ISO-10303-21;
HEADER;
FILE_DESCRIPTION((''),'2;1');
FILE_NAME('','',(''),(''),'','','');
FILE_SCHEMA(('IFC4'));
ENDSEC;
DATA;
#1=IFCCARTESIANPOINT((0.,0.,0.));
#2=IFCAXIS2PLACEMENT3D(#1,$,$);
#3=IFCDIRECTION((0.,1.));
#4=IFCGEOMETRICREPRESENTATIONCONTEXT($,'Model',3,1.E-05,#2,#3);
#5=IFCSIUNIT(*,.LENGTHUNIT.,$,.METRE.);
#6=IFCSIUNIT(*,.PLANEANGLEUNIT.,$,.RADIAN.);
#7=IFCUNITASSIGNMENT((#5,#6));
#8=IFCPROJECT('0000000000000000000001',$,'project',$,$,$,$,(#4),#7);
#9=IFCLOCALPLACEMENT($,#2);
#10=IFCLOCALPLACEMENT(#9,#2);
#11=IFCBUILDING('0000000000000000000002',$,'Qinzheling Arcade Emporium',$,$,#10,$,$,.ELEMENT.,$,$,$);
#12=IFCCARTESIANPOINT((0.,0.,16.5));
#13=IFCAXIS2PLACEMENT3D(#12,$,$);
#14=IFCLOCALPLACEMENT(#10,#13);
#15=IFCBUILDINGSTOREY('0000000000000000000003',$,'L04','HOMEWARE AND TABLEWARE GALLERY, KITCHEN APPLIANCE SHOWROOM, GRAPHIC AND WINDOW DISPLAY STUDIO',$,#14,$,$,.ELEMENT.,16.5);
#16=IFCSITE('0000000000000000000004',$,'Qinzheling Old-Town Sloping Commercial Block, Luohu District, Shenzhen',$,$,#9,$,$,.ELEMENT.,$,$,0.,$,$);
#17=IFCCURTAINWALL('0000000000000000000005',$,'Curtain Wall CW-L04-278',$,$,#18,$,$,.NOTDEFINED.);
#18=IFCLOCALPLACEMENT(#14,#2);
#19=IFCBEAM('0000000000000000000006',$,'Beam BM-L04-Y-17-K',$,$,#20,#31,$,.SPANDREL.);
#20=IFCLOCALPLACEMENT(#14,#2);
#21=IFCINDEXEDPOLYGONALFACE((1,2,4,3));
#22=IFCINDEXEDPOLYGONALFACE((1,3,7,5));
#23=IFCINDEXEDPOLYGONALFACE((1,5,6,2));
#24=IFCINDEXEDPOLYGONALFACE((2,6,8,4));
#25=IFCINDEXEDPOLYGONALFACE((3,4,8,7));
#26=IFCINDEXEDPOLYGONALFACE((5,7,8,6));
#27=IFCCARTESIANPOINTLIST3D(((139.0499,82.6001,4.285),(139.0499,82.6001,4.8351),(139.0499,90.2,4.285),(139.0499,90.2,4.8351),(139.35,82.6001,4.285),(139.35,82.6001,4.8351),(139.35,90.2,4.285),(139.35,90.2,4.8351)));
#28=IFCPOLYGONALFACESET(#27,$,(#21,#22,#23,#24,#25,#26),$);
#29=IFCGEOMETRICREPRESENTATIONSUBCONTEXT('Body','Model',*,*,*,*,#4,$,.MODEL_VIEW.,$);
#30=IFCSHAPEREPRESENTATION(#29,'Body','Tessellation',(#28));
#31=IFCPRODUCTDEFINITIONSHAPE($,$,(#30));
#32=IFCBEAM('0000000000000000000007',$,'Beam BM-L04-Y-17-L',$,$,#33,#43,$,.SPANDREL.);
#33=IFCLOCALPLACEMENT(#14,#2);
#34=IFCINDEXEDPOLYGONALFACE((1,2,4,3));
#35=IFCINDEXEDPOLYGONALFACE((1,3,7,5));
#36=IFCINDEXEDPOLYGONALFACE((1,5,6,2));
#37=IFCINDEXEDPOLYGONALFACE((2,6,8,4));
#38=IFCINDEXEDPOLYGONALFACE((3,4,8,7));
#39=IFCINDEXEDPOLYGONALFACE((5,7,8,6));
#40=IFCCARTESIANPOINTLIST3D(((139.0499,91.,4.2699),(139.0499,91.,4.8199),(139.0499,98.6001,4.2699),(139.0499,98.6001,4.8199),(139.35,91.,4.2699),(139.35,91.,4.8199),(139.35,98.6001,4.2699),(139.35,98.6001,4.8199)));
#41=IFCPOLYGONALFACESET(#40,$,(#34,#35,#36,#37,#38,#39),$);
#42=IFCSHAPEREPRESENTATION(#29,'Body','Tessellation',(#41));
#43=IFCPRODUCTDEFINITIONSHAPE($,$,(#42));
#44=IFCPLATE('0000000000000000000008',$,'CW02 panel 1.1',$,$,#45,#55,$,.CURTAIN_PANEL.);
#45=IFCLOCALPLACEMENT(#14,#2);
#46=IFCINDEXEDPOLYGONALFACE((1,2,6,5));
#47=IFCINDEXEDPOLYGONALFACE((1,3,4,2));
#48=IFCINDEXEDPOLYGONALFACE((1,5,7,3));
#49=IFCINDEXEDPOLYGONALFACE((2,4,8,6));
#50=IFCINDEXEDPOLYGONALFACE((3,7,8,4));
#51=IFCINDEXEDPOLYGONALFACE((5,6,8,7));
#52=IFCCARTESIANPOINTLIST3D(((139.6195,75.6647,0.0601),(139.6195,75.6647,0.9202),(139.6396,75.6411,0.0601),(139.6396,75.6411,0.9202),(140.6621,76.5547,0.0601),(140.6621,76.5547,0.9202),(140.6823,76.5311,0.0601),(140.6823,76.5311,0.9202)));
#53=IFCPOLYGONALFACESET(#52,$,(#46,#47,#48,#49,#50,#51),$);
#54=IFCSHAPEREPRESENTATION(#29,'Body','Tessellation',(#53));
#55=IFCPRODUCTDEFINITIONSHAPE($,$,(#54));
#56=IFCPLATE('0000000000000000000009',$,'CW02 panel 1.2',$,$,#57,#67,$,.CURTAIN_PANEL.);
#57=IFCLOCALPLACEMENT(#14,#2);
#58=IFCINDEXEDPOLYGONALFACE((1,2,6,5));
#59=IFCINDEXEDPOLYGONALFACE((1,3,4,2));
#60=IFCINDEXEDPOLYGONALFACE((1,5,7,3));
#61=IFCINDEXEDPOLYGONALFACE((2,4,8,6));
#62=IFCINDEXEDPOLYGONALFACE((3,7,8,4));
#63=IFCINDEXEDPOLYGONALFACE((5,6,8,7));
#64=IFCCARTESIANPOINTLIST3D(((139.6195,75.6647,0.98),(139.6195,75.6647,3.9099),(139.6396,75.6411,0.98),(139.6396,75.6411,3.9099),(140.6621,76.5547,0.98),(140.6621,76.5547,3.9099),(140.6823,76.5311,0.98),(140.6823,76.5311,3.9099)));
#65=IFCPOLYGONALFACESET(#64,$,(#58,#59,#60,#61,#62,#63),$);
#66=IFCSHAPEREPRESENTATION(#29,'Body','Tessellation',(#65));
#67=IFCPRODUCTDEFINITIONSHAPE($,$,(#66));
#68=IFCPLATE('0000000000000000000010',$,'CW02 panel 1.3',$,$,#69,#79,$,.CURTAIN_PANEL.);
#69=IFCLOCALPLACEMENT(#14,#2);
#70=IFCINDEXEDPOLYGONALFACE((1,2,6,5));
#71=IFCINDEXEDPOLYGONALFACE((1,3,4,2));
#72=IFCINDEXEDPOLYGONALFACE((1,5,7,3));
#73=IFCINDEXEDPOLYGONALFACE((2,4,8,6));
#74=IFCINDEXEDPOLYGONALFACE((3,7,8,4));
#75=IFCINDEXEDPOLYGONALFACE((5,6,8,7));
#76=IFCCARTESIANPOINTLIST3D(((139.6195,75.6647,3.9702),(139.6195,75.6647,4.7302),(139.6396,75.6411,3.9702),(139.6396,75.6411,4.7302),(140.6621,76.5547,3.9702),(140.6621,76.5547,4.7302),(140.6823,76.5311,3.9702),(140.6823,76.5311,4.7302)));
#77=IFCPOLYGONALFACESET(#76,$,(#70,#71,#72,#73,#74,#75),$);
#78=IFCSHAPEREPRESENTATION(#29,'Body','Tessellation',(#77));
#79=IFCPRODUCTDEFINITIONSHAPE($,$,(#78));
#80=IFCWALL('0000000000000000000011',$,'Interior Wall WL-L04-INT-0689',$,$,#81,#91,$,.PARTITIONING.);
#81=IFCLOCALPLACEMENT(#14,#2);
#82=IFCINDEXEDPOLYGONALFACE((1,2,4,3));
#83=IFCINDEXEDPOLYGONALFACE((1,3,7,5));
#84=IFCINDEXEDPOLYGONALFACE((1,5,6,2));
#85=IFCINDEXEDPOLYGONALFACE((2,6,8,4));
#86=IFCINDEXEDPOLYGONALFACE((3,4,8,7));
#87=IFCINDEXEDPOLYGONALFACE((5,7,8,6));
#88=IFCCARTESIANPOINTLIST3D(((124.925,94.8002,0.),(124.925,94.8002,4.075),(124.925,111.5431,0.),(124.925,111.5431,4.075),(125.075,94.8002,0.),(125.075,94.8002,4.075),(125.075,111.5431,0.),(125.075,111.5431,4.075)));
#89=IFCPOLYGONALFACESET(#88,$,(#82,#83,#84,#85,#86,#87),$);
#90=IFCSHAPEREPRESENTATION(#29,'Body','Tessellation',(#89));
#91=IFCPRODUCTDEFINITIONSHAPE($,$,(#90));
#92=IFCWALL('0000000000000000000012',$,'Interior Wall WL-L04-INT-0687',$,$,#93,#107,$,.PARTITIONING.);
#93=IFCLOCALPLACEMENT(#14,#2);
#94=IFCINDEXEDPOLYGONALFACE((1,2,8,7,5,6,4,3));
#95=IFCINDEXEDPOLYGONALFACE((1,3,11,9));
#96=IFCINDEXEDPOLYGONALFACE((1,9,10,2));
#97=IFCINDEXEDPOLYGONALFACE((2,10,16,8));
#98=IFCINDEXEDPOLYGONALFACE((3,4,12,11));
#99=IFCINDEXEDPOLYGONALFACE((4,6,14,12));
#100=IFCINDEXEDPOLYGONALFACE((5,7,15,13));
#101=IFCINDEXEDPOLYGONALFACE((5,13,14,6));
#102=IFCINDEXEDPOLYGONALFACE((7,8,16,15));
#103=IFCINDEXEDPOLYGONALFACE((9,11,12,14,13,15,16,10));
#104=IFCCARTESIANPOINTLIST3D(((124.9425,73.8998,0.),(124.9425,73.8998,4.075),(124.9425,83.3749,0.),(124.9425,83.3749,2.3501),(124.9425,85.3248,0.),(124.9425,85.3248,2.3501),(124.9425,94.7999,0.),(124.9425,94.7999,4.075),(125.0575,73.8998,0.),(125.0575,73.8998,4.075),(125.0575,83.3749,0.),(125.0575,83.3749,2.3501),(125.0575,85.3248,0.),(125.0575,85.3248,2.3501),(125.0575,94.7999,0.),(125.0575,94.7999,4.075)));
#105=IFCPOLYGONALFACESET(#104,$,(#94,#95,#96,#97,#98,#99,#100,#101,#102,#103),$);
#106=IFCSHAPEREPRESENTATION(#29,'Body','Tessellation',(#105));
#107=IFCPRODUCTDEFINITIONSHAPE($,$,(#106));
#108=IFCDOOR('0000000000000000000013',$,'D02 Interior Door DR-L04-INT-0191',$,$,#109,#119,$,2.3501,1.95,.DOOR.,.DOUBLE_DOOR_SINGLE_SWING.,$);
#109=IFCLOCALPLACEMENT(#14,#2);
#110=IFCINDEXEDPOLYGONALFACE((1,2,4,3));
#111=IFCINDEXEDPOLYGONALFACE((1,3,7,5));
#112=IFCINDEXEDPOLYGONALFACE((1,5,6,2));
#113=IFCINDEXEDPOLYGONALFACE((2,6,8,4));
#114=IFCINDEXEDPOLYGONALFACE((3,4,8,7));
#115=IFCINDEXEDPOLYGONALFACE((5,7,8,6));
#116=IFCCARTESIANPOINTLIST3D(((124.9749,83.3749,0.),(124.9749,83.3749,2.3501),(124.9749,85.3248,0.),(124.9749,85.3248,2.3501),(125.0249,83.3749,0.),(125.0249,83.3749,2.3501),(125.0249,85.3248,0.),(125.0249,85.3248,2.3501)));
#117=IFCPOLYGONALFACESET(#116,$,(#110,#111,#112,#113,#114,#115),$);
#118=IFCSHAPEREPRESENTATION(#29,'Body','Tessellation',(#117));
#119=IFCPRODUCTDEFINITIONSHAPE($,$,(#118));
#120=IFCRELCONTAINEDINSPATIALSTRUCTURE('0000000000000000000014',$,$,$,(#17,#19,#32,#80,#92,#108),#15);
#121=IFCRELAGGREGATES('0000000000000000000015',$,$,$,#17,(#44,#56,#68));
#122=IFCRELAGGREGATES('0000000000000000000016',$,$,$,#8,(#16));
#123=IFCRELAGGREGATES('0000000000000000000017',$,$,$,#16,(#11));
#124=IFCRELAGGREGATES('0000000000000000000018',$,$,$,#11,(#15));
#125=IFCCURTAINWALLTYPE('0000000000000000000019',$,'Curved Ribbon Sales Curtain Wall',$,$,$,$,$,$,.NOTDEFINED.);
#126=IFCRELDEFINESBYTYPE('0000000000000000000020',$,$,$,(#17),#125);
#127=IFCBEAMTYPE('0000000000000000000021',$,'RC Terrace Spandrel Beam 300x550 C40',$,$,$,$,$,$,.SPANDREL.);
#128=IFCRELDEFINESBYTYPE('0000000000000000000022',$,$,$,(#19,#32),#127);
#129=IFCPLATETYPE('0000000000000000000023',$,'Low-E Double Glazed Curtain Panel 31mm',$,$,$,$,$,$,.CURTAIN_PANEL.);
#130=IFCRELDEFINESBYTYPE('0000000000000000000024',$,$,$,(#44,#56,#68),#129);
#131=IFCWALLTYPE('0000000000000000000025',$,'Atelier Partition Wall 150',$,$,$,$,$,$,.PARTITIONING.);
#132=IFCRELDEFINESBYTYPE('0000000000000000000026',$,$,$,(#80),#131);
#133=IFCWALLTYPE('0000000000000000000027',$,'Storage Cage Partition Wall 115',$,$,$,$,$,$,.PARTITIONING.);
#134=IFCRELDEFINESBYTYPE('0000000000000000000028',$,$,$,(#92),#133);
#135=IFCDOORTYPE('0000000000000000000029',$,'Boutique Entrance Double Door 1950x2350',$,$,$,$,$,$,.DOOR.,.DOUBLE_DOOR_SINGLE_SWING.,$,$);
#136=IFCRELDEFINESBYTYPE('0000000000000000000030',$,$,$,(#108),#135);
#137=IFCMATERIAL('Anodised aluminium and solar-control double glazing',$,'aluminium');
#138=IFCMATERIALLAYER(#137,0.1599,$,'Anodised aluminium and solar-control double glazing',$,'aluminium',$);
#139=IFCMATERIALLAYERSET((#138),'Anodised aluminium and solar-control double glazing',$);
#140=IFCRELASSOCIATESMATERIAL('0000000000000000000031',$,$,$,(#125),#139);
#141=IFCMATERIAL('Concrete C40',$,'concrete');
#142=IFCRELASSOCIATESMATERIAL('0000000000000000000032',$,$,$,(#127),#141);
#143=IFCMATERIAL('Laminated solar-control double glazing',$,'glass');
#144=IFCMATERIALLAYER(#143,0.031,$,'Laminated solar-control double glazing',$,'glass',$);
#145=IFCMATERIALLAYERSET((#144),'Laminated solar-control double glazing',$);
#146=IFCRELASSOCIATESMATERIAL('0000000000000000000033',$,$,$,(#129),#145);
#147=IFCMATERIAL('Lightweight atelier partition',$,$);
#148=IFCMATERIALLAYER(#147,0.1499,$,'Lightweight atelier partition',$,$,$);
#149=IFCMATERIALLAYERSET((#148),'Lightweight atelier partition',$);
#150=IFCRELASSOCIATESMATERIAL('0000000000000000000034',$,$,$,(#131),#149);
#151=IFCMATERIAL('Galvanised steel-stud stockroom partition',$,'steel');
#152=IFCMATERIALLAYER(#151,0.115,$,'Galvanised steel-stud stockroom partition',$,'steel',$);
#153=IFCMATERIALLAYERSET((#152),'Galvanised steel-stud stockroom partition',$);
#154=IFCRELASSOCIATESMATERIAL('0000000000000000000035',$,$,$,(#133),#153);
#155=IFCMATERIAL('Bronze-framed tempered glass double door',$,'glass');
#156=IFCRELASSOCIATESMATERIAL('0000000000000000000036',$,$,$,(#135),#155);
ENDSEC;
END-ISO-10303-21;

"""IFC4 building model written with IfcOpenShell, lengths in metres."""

from ifc_helpers import new_model, si_unit, direction, frame, frame_2d, origin, origin_2d, place, context, subcontext, project, spatial, rectangle, extrude, material, layer, layer_set, material_profile, profile_set, type_object, element, fill, aggregate, save


model = new_model("IFC4")

# Units and contexts
model_context = context("Model", 3, precision=1e-05, world=origin(), true_north=direction((0.0, 1.0)))
body_context = subcontext(model_context, "Body", "Model", "MODEL_VIEW")
ifc_project = project(units=[si_unit("LENGTHUNIT", "METRE"), si_unit("PLANEANGLEUNIT", "RADIAN")], contexts=[model_context])

# Site, building, storey
site_placement = place(None, origin())
site = spatial("IfcSite", under=ifc_project, at=site_placement, Name="Qinzheling Old-Town Sloping Commercial Block, Luohu District, Shenzhen", CompositionType="ELEMENT", RefElevation=0.0)
building_placement = place(site_placement, origin())
building = spatial("IfcBuilding", under=site, at=building_placement, Name="Qinzheling Arcade Emporium", CompositionType="ELEMENT")
storey_placement = place(building_placement, frame((0.0, 0.0, 16.5)))
storey = spatial("IfcBuildingStorey", under=building, at=storey_placement, Name="L04", Description="HOMEWARE AND TABLEWARE GALLERY, KITCHEN APPLIANCE SHOWROOM, GRAPHIC AND WINDOW DISPLAY STUDIO", CompositionType="ELEMENT", Elevation=16.5)

# Shared definitions
ifc_material_1 = material(Name="Concrete C40", Category="concrete")

# Curtain wall
ifc_material_2 = material(Name="Anodised aluminium and solar-control double glazing", Category="aluminium")
ifc_layer_1 = layer(ifc_material_2, 0.1599, Name="Anodised aluminium and solar-control double glazing", Category="aluminium")
ifc_layer_set_1 = layer_set([ifc_layer_1], Name="Anodised aluminium and solar-control double glazing")
curtain_wall_type = type_object("IfcCurtainWallType", Name="Curved Ribbon Sales Curtain Wall", PredefinedType="NOTDEFINED", material=ifc_layer_set_1)
curtain_wall_1_placement = place(storey_placement, origin())
curtain_wall_1 = element("IfcCurtainWall", 1, at=curtain_wall_1_placement, inside=storey, type_object=curtain_wall_type, Name="Curtain Wall CW-L04-278", PredefinedType="NOTDEFINED")

# Beams
ifc_material_profile_1 = material_profile(ifc_material_1, rectangle(XDim=0.3, YDim=0.55, at=origin_2d()), Name="RC 300x550", Category="concrete")
ifc_profile_set_1 = profile_set([ifc_material_profile_1], Name="Concrete C40")
beam_type_1 = type_object("IfcBeamType", Name="RC Terrace Spandrel Beam 300x550 C40", PredefinedType="SPANDREL", material=ifc_profile_set_1)
beam_1_placement = place(storey_placement, frame((139.2, 82.6001, 4.5601), z_axis=(0.0, 1.0, 0.0), x_axis=(-1.0, 0.0, 0.0)))
element("IfcBeam", 2, at=beam_1_placement, inside=storey, type_object=beam_type_1, Name="Beam BM-L04-Y-17-K", PredefinedType="SPANDREL", context=body_context, shape_type="SweptSolid", body=[
    extrude(rectangle(XDim=0.3, YDim=0.55, at=origin_2d()), origin(), (0.0, 0.0, 1.0), 7.5999),
])
beam_2_placement = place(storey_placement, frame((139.2, 91.0, 4.5449), z_axis=(0.0, 1.0, 0.0), x_axis=(-1.0, 0.0, 0.0)))
element("IfcBeam", 3, at=beam_2_placement, inside=storey, type_object=beam_type_1, Name="Beam BM-L04-Y-17-L", PredefinedType="SPANDREL", context=body_context, shape_type="SweptSolid", body=[
    extrude(rectangle(XDim=0.3, YDim=0.55, at=origin_2d()), origin(), (0.0, 0.0, 1.0), 7.6001),
])

# Plates
ifc_material_3 = material(Name="Laminated solar-control double glazing", Category="glass")
ifc_layer_2 = layer(ifc_material_3, 0.031, Name="Laminated solar-control double glazing", Category="glass")
ifc_layer_set_2 = layer_set([ifc_layer_2], Name="Laminated solar-control double glazing")
plate_type = type_object("IfcPlateType", Name="Low-E Double Glazed Curtain Panel 31mm", PredefinedType="CURTAIN_PANEL", material=ifc_layer_set_2)
plate_1_placement = place(storey_placement, frame((140.1509, 76.0979, 0.0601), z_axis=(0.0, 0.0, 1.0), x_axis=(-0.760581, -0.649243, 0.0)))
plate_1 = element("IfcPlate", 4, at=plate_1_placement, type_object=plate_type, Name="CW02 panel 1.1", PredefinedType="CURTAIN_PANEL", context=body_context, shape_type="SweptSolid", body=[
    extrude(rectangle(XDim=1.3708, YDim=0.031, at=origin_2d()), origin(), (0.0, 0.0, 1.0), 0.8601),
])
plate_2_placement = place(storey_placement, frame((140.1509, 76.0979, 0.98), z_axis=(0.0, 0.0, 1.0), x_axis=(-0.760581, -0.649243, 0.0)))
plate_2 = element("IfcPlate", 5, at=plate_2_placement, type_object=plate_type, Name="CW02 panel 1.2", PredefinedType="CURTAIN_PANEL", context=body_context, shape_type="SweptSolid", body=[
    extrude(rectangle(XDim=1.3708, YDim=0.031, at=origin_2d()), origin(), (0.0, 0.0, 1.0), 2.9299),
])
plate_3_placement = place(storey_placement, frame((140.1509, 76.0979, 3.9702), z_axis=(0.0, 0.0, 1.0), x_axis=(-0.760581, -0.649243, 0.0)))
plate_3 = element("IfcPlate", 6, at=plate_3_placement, type_object=plate_type, Name="CW02 panel 1.3", PredefinedType="CURTAIN_PANEL", context=body_context, shape_type="SweptSolid", body=[
    extrude(rectangle(XDim=1.3708, YDim=0.031, at=origin_2d()), origin(), (0.0, 0.0, 1.0), 0.76),
])
aggregate(curtain_wall_1, [plate_1, plate_2, plate_3])

# Wall
ifc_material_4 = material(Name="Lightweight atelier partition")
ifc_layer_3 = layer(ifc_material_4, 0.1499, Name="Lightweight atelier partition")
ifc_layer_set_3 = layer_set([ifc_layer_3], Name="Lightweight atelier partition")
wall_type_1 = type_object("IfcWallType", Name="Atelier Partition Wall 150", PredefinedType="PARTITIONING", material=ifc_layer_set_3)
wall_1_placement = place(storey_placement, frame((125.0, 94.8, 0.0), z_axis=(0.0, 0.0, 1.0), x_axis=(0.0, 1.0, 0.0)))
element("IfcWall", 7, at=wall_1_placement, inside=storey, type_object=wall_type_1, Name="Interior Wall WL-L04-INT-0689", PredefinedType="PARTITIONING", context=body_context, shape_type="SweptSolid", body=[
    extrude(rectangle(XDim=16.7429, YDim=0.1499, at=frame_2d((8.3716, 0.0))), origin(), (0.0, 0.0, 1.0), 4.075),
])

# Wall, opening, door
ifc_material_5 = material(Name="Galvanised steel-stud stockroom partition", Category="steel")
ifc_layer_4 = layer(ifc_material_5, 0.115, Name="Galvanised steel-stud stockroom partition", Category="steel")
ifc_layer_set_4 = layer_set([ifc_layer_4], Name="Galvanised steel-stud stockroom partition")
wall_type_2 = type_object("IfcWallType", Name="Storage Cage Partition Wall 115", PredefinedType="PARTITIONING", material=ifc_layer_set_4)
wall_2_placement = place(storey_placement, frame((125.0, 94.8, 0.0), z_axis=(0.0, 0.0, 1.0), x_axis=(0.0, -1.0, 0.0)))
wall_2 = element("IfcWall", 8, at=wall_2_placement, inside=storey, type_object=wall_type_2, Name="Interior Wall WL-L04-INT-0687", PredefinedType="PARTITIONING", context=body_context, shape_type="SweptSolid", body=[
    extrude(rectangle(XDim=20.9001, YDim=0.115, at=frame_2d((10.4502, 0.0))), origin(), (0.0, 0.0, 1.0), 4.075),
])
opening_placement = place(wall_2_placement, frame((9.4751, 0.0, 0.0)))
opening = element("IfcOpeningElement", 9, at=opening_placement, cuts=wall_2, PredefinedType="OPENING", context=body_context, shape_type="SweptSolid", body=[
    extrude(rectangle(XDim=1.95, YDim=2.3501, at=frame_2d((0.9751, 1.175))), frame((0.0, 0.0674, 0.0), z_axis=(0.0, -1.0, 0.0), x_axis=(1.0, 0.0, 0.0)), (0.0, 0.0, 1.0), 0.135),
])
ifc_material_6 = material(Name="Bronze-framed tempered glass double door", Category="glass")
door_type = type_object("IfcDoorType", Name="Boutique Entrance Double Door 1950x2350", OperationType="DOUBLE_DOOR_SINGLE_SWING", PredefinedType="DOOR", material=ifc_material_6)
door_placement = place(opening_placement, origin())
door = element("IfcDoor", 10, at=door_placement, inside=storey, type_object=door_type, Name="D02 Interior Door DR-L04-INT-0191", OperationType="DOUBLE_DOOR_SINGLE_SWING", OverallHeight=2.3501, OverallWidth=1.95, PredefinedType="DOOR", context=body_context, shape_type="SweptSolid", body=[
    extrude(rectangle(XDim=1.95, YDim=2.3501, at=frame_2d((0.9751, 1.175))), frame((0.0, 0.0249, 0.0), z_axis=(0.0, -1.0, 0.0), x_axis=(1.0, 0.0, 0.0)), (0.0, 0.0, 1.0), 0.05),
])
fill(opening, door)

save(model, "model.ifc")
